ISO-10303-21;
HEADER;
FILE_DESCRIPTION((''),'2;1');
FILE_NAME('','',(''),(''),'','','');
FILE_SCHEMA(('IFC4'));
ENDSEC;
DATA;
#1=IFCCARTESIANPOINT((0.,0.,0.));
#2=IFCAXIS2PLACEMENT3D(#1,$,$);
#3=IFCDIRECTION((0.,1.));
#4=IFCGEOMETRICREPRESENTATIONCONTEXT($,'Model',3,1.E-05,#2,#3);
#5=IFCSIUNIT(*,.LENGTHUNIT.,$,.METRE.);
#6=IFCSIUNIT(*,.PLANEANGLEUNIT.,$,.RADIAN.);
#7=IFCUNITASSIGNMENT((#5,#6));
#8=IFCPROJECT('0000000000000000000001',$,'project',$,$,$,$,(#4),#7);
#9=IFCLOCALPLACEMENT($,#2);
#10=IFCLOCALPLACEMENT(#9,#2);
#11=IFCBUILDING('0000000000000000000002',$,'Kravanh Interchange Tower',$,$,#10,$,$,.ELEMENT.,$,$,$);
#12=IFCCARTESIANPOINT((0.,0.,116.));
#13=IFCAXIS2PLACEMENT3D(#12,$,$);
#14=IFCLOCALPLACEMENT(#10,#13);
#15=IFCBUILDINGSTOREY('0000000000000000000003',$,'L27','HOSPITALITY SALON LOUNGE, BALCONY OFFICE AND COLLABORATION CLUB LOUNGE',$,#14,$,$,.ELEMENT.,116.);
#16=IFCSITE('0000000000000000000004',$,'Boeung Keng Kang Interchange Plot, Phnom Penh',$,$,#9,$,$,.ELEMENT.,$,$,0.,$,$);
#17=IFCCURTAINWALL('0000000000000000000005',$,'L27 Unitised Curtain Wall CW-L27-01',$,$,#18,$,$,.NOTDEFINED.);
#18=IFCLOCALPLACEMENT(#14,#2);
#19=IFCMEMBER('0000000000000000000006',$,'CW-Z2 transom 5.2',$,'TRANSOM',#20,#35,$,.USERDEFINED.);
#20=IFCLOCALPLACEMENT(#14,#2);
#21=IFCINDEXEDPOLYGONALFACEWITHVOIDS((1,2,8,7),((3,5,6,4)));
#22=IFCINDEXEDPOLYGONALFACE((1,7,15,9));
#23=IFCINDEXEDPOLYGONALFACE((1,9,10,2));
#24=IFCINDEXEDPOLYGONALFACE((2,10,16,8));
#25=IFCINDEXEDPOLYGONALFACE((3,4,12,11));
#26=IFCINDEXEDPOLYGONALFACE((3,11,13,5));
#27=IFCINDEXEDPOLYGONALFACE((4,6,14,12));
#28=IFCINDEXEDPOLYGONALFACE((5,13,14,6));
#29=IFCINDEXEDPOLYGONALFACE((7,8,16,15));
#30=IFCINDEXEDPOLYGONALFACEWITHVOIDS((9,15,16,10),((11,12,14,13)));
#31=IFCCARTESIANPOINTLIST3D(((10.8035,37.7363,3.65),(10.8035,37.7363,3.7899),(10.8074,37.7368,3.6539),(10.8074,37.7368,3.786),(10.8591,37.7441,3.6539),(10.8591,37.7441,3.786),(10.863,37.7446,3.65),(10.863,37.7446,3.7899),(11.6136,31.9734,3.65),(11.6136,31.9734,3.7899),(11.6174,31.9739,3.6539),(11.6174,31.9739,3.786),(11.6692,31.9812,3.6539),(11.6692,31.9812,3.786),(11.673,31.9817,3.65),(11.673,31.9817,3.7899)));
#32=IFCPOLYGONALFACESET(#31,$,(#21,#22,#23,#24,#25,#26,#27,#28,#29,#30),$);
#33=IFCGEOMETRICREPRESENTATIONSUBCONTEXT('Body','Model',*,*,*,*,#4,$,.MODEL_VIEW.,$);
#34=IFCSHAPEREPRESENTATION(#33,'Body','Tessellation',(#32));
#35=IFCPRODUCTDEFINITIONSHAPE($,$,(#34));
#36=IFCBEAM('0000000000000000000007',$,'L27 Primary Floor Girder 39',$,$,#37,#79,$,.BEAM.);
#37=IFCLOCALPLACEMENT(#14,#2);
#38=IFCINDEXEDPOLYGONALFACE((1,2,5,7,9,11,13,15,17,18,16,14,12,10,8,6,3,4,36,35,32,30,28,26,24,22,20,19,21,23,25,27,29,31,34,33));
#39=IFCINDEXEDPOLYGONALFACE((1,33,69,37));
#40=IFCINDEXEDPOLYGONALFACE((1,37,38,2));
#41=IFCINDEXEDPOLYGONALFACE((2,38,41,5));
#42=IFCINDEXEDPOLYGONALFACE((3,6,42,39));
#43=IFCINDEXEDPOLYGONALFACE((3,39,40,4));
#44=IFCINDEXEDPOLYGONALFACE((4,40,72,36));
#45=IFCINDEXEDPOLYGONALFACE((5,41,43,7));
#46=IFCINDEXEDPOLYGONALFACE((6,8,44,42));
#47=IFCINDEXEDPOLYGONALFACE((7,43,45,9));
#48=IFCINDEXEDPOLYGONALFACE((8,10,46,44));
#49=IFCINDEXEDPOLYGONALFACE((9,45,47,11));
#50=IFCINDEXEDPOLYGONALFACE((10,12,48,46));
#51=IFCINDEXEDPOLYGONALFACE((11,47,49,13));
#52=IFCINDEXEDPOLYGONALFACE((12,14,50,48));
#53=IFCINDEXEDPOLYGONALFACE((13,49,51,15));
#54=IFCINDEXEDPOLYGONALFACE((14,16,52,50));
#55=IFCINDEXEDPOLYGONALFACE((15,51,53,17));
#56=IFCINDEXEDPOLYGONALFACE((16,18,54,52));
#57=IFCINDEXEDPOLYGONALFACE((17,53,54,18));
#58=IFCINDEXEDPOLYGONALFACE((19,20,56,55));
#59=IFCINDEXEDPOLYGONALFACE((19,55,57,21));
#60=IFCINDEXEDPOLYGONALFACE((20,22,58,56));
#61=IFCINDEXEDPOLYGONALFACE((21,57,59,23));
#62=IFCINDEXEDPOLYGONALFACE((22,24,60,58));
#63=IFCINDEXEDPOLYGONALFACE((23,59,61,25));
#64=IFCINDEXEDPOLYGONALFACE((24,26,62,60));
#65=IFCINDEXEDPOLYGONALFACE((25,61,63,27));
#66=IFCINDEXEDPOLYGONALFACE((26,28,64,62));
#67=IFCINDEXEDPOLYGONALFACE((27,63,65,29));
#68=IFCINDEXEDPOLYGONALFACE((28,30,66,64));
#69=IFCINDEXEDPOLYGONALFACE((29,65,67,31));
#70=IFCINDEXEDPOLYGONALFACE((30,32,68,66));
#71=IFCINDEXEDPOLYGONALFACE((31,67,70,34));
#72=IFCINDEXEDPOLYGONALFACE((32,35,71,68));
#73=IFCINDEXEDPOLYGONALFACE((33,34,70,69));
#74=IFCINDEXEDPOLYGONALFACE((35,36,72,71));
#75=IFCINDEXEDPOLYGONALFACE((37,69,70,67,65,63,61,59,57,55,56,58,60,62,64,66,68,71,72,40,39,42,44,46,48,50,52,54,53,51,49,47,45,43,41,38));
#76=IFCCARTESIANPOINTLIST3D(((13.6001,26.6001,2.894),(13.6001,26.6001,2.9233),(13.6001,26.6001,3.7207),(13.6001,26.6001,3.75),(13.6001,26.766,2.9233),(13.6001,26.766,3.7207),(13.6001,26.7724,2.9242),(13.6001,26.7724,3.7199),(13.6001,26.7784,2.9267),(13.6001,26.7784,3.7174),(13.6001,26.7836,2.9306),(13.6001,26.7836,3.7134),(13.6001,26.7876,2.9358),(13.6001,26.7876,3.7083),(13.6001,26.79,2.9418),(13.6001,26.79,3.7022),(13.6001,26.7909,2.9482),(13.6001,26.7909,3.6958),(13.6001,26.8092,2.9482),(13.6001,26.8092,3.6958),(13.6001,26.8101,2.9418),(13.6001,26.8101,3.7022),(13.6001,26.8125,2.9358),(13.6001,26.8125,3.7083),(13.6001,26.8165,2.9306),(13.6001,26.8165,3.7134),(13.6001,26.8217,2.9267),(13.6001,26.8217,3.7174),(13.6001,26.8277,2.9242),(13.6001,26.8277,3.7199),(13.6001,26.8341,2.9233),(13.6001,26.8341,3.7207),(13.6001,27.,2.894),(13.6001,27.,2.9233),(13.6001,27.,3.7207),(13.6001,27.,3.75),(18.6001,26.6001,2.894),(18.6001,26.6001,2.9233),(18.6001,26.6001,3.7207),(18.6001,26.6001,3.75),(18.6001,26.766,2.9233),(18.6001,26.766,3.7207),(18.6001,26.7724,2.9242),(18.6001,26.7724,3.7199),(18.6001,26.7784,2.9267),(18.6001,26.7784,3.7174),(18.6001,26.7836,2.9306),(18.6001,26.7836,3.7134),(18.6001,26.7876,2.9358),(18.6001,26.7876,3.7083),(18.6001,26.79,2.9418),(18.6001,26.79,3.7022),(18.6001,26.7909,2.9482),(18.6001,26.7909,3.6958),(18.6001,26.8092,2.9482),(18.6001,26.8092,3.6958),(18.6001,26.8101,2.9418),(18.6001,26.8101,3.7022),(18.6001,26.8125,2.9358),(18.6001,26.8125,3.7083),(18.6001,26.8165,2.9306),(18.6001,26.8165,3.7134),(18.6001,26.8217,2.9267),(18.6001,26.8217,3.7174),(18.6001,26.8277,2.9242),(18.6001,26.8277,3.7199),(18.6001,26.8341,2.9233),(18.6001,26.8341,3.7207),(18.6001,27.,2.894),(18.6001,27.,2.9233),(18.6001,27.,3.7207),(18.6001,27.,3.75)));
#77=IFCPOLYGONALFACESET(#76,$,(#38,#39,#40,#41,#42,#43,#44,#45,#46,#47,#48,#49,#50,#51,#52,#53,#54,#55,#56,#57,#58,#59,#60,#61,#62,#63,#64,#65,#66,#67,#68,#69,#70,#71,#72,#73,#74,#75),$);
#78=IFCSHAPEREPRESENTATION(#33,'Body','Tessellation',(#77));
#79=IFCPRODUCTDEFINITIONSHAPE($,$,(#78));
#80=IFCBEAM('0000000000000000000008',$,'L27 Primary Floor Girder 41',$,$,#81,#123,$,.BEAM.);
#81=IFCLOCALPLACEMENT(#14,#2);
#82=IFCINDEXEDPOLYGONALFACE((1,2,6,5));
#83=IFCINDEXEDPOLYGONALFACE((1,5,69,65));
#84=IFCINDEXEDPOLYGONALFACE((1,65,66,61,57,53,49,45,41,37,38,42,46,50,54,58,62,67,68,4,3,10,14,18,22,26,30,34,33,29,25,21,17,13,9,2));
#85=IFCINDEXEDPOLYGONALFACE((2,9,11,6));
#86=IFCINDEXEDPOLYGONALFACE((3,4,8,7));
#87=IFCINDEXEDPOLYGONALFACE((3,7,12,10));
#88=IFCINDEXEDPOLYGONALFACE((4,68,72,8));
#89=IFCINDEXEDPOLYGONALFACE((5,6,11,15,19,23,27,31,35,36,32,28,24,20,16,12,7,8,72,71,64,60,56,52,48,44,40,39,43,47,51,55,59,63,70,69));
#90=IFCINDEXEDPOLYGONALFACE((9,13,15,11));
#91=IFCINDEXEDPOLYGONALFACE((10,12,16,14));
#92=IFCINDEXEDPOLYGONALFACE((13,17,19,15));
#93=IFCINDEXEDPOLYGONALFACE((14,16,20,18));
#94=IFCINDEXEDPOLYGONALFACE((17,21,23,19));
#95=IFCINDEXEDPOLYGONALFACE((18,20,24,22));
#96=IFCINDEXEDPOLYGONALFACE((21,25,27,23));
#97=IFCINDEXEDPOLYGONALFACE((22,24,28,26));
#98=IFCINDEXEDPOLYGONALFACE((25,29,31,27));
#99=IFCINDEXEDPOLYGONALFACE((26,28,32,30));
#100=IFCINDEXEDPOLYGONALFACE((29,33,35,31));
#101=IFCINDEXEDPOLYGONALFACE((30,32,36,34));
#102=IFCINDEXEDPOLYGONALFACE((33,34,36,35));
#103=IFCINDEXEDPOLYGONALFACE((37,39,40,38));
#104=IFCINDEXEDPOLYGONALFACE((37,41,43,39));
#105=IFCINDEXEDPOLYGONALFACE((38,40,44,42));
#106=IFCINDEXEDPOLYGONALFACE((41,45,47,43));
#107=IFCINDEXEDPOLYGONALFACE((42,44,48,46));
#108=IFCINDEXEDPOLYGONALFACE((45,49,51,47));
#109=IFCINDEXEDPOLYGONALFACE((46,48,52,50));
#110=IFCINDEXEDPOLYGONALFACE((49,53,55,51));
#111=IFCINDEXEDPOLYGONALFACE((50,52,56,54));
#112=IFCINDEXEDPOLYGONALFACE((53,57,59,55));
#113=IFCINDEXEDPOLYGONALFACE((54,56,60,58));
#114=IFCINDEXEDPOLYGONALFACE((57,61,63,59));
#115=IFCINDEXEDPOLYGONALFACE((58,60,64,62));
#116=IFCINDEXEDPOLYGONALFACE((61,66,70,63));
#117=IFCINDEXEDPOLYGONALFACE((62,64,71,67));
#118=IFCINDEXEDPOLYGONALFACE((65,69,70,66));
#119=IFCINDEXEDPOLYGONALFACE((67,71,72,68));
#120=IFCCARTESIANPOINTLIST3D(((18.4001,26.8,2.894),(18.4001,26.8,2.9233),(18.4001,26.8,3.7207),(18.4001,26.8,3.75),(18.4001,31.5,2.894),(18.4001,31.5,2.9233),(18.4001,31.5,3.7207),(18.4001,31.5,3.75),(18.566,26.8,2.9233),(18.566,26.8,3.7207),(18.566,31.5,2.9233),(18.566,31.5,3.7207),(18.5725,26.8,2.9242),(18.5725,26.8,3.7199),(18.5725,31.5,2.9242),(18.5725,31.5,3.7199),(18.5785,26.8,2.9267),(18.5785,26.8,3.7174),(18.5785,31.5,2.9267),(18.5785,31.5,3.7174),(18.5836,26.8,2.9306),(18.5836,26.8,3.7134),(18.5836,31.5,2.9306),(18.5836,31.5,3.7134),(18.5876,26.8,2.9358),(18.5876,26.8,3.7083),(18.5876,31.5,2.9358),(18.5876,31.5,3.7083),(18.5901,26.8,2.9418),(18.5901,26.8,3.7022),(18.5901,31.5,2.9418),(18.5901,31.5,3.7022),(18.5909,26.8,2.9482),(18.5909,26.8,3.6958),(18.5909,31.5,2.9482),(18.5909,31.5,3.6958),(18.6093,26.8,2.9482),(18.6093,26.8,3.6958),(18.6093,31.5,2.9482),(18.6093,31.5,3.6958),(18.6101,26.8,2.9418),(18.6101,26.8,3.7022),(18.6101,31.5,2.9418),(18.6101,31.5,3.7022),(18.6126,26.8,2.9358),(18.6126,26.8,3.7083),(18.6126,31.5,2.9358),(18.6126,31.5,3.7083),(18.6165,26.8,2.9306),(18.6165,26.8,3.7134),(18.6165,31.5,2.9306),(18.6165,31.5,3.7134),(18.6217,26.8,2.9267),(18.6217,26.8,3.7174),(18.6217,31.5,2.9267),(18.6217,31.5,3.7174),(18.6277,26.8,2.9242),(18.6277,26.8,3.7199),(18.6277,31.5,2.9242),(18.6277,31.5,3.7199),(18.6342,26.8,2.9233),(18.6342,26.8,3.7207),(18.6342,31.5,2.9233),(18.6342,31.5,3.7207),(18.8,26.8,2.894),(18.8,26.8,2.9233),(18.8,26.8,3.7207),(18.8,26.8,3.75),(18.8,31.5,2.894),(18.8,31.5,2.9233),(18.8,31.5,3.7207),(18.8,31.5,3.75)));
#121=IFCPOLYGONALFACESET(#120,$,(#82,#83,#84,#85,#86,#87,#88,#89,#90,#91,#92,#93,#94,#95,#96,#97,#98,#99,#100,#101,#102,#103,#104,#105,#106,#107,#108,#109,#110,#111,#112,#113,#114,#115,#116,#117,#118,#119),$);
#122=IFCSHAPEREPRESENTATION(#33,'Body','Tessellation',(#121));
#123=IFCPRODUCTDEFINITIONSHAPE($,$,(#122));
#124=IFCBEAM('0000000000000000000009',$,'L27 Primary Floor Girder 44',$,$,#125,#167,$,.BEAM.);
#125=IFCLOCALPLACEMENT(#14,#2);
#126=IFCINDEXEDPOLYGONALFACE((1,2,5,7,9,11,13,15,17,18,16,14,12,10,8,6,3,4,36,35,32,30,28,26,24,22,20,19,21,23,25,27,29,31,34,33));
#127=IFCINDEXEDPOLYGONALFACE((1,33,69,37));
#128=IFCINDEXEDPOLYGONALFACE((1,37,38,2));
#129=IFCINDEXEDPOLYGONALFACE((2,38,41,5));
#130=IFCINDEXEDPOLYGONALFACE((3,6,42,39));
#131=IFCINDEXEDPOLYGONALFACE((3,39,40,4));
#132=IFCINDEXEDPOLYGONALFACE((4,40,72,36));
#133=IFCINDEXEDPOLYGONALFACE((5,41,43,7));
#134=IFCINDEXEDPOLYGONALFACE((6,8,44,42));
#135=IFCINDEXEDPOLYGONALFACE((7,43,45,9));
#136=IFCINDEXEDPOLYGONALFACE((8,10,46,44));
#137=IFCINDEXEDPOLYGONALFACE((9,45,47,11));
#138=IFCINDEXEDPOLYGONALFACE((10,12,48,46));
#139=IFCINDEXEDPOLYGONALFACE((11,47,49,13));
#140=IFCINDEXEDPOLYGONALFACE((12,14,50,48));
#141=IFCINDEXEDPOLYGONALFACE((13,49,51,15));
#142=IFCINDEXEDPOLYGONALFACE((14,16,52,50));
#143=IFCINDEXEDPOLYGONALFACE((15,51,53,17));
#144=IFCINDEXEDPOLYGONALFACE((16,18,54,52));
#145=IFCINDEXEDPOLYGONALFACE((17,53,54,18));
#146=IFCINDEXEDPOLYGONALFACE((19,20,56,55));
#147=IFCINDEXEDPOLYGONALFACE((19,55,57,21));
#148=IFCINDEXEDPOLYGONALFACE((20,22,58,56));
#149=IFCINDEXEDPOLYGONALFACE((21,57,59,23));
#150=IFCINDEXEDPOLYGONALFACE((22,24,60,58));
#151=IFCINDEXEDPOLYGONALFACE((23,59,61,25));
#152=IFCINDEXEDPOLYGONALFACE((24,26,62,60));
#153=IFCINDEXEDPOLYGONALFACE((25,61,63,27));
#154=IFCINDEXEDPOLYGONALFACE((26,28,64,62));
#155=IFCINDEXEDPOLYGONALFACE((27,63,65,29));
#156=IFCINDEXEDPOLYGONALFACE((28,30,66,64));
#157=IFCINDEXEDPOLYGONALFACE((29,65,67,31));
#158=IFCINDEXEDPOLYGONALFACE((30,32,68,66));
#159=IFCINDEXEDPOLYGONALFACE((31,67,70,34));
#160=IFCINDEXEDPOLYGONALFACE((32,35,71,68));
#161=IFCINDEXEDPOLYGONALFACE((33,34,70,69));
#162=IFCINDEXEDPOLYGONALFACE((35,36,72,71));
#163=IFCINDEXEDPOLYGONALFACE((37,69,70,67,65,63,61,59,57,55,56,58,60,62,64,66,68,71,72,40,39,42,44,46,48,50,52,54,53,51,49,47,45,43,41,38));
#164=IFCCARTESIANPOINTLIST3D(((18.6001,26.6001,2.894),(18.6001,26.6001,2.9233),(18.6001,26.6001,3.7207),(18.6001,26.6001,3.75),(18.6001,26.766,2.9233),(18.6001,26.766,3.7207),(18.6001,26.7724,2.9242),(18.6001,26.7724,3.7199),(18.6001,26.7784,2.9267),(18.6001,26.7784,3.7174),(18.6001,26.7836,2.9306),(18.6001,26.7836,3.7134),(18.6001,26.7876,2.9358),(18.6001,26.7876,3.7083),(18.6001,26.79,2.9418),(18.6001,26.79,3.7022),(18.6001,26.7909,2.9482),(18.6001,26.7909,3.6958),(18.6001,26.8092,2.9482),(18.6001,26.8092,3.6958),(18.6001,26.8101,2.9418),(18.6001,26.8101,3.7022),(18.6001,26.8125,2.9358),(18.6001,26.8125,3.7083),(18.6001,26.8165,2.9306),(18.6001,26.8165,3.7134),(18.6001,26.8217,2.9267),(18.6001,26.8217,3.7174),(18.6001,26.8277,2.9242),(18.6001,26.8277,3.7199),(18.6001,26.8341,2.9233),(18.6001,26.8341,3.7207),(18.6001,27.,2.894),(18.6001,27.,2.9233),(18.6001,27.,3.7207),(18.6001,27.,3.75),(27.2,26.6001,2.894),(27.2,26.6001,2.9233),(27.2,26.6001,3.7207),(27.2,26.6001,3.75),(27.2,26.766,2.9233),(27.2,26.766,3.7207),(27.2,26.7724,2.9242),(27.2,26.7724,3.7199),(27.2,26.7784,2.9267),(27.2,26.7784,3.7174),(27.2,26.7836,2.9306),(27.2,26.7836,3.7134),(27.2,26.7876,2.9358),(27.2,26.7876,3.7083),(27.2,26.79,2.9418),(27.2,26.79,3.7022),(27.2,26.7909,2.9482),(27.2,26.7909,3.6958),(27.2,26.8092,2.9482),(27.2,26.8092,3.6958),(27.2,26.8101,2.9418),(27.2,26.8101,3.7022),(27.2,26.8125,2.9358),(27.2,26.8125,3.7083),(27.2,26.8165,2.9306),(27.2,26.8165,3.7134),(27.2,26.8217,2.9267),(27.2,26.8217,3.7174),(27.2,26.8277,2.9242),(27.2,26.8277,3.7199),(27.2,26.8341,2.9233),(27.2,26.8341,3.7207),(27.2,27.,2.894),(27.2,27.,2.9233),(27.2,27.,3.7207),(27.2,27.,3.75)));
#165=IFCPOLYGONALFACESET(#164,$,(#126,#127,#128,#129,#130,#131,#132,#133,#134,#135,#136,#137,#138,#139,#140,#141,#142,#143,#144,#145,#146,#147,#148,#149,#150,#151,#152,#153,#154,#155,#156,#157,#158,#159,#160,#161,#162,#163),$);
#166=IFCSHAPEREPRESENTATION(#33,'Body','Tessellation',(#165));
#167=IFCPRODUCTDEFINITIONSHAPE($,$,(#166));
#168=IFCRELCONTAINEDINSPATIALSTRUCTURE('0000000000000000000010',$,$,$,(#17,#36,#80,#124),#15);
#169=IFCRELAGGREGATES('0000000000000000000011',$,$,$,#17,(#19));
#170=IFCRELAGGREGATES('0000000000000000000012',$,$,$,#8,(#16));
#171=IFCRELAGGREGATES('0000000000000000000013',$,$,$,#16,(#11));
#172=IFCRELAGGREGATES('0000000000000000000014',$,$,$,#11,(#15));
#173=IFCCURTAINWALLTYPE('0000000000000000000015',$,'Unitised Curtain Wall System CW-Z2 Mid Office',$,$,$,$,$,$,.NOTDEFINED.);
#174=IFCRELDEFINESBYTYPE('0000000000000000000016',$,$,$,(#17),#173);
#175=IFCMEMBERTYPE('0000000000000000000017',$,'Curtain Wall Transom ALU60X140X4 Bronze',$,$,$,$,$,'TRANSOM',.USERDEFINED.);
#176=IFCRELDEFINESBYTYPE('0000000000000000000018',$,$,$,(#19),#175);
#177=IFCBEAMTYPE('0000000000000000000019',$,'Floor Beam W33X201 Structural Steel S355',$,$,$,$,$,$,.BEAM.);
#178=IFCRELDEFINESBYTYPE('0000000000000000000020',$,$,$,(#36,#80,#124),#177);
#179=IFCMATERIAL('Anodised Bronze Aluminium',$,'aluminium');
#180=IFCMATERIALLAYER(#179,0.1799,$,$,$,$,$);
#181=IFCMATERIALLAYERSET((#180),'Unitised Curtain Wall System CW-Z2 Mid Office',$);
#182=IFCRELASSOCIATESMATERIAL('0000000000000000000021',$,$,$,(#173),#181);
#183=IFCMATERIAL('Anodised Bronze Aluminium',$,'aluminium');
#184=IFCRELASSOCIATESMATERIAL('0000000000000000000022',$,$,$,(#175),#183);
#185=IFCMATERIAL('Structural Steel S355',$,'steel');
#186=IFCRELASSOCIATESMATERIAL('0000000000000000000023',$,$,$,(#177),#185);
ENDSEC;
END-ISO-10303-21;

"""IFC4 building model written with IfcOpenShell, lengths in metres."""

from ifc_helpers import new_model, si_unit, direction, frame, origin, origin_2d, place, context, subcontext, project, spatial, hollow_rectangle, i_section, extrude, material, layer, layer_set, material_profile, profile_set, type_object, element, aggregate, save


model = new_model("IFC4")

# Units and contexts
model_context = context("Model", 3, precision=1e-05, world=origin(), true_north=direction((0.0, 1.0)))
body_context = subcontext(model_context, "Body", "Model", "MODEL_VIEW")
ifc_project = project(units=[si_unit("LENGTHUNIT", "METRE"), si_unit("PLANEANGLEUNIT", "RADIAN")], contexts=[model_context])

# Site, building, storey
site_placement = place(None, origin())
site = spatial("IfcSite", under=ifc_project, at=site_placement, Name="Boeung Keng Kang Interchange Plot, Phnom Penh", CompositionType="ELEMENT", RefElevation=0.0)
building_placement = place(site_placement, origin())
building = spatial("IfcBuilding", under=site, at=building_placement, Name="Kravanh Interchange Tower", CompositionType="ELEMENT")
storey_placement = place(building_placement, frame((0.0, 0.0, 116.0)))
storey = spatial("IfcBuildingStorey", under=building, at=storey_placement, Name="L27", Description="HOSPITALITY SALON LOUNGE, BALCONY OFFICE AND COLLABORATION CLUB LOUNGE", CompositionType="ELEMENT", Elevation=116.0)

# Curtain wall, member
ifc_material_1 = material(Name="Anodised Bronze Aluminium", Category="aluminium")
ifc_layer_1 = layer(ifc_material_1, 0.1799)
ifc_layer_set_1 = layer_set([ifc_layer_1], Name="Unitised Curtain Wall System CW-Z2 Mid Office")
curtain_wall_type = type_object("IfcCurtainWallType", Name="Unitised Curtain Wall System CW-Z2 Mid Office", PredefinedType="NOTDEFINED", material=ifc_layer_set_1)
curtain_wall_placement = place(storey_placement, origin())
curtain_wall = element("IfcCurtainWall", 1, at=curtain_wall_placement, inside=storey, type_object=curtain_wall_type, Name="L27 Unitised Curtain Wall CW-L27-01", PredefinedType="NOTDEFINED")
ifc_material_2 = material(Name="Anodised Bronze Aluminium", Category="aluminium")
ifc_material_profile_1 = material_profile(ifc_material_2, hollow_rectangle(XDim=0.0601, YDim=0.1399, WallThickness=0.0039, at=origin_2d()), Name="ALU60X140X4")
ifc_profile_set_1 = profile_set([ifc_material_profile_1], Name="Anodised Bronze Aluminium")
member_type_1 = type_object("IfcMemberType", Name="Curtain Wall Transom ALU60X140X4 Bronze", ElementType="TRANSOM", PredefinedType="USERDEFINED", material=ifc_profile_set_1)
member_1_placement = place(storey_placement, frame((11.6433, 31.9775, 3.72), z_axis=(-0.139195, 0.990265, 0.0), x_axis=(-0.990265, -0.139195, 0.0)))
member_1 = element("IfcMember", 2, at=member_1_placement, type_object=member_type_1, Name="CW-Z2 transom 5.2", ObjectType="TRANSOM", PredefinedType="USERDEFINED", context=body_context, shape_type="SweptSolid", body=[
    extrude(hollow_rectangle(XDim=0.0601, YDim=0.1399, WallThickness=0.0039, at=origin_2d()), origin(), (0.0, 0.0, 1.0), 5.8196),
])

# Beams
ifc_material_3 = material(Name="Structural Steel S355", Category="steel")
ifc_material_profile_2 = material_profile(ifc_material_3, i_section(OverallWidth=0.3999, OverallDepth=0.856, WebThickness=0.0183, FlangeThickness=0.0293, FilletRadius=0.0249, at=origin_2d()), Name="W33X201")
ifc_profile_set_2 = profile_set([ifc_material_profile_2], Name="Structural Steel S355")
beam_type_1 = type_object("IfcBeamType", Name="Floor Beam W33X201 Structural Steel S355", PredefinedType="BEAM", material=ifc_profile_set_2)
beam_1_placement = place(storey_placement, frame((13.6001, 26.8, 3.322), z_axis=(1.0, 0.0, 0.0), x_axis=(0.0, 1.0, 0.0)))
element("IfcBeam", 3, at=beam_1_placement, inside=storey, type_object=beam_type_1, Name="L27 Primary Floor Girder 39", PredefinedType="BEAM", context=body_context, shape_type="SweptSolid", body=[
    extrude(i_section(OverallWidth=0.3999, OverallDepth=0.856, WebThickness=0.0183, FlangeThickness=0.0293, FilletRadius=0.0249, at=origin_2d()), origin(), (0.0, 0.0, 1.0), 5.0),
])
beam_2_placement = place(storey_placement, frame((18.6001, 26.8, 3.322), z_axis=(0.0, 1.0, 0.0), x_axis=(-1.0, 0.0, 0.0)))
element("IfcBeam", 4, at=beam_2_placement, inside=storey, type_object=beam_type_1, Name="L27 Primary Floor Girder 41", PredefinedType="BEAM", context=body_context, shape_type="SweptSolid", body=[
    extrude(i_section(OverallWidth=0.3999, OverallDepth=0.856, WebThickness=0.0183, FlangeThickness=0.0293, FilletRadius=0.0249, at=origin_2d()), origin(), (0.0, 0.0, 1.0), 4.7),
])
beam_3_placement = place(storey_placement, frame((18.6001, 26.8, 3.322), z_axis=(1.0, 0.0, 0.0), x_axis=(0.0, 1.0, 0.0)))
element("IfcBeam", 5, at=beam_3_placement, inside=storey, type_object=beam_type_1, Name="L27 Primary Floor Girder 44", PredefinedType="BEAM", context=body_context, shape_type="SweptSolid", body=[
    extrude(i_section(OverallWidth=0.3999, OverallDepth=0.856, WebThickness=0.0183, FlangeThickness=0.0293, FilletRadius=0.0249, at=origin_2d()), origin(), (0.0, 0.0, 1.0), 8.5999),
])

aggregate(curtain_wall, [member_1])

save(model, "model.ifc")
